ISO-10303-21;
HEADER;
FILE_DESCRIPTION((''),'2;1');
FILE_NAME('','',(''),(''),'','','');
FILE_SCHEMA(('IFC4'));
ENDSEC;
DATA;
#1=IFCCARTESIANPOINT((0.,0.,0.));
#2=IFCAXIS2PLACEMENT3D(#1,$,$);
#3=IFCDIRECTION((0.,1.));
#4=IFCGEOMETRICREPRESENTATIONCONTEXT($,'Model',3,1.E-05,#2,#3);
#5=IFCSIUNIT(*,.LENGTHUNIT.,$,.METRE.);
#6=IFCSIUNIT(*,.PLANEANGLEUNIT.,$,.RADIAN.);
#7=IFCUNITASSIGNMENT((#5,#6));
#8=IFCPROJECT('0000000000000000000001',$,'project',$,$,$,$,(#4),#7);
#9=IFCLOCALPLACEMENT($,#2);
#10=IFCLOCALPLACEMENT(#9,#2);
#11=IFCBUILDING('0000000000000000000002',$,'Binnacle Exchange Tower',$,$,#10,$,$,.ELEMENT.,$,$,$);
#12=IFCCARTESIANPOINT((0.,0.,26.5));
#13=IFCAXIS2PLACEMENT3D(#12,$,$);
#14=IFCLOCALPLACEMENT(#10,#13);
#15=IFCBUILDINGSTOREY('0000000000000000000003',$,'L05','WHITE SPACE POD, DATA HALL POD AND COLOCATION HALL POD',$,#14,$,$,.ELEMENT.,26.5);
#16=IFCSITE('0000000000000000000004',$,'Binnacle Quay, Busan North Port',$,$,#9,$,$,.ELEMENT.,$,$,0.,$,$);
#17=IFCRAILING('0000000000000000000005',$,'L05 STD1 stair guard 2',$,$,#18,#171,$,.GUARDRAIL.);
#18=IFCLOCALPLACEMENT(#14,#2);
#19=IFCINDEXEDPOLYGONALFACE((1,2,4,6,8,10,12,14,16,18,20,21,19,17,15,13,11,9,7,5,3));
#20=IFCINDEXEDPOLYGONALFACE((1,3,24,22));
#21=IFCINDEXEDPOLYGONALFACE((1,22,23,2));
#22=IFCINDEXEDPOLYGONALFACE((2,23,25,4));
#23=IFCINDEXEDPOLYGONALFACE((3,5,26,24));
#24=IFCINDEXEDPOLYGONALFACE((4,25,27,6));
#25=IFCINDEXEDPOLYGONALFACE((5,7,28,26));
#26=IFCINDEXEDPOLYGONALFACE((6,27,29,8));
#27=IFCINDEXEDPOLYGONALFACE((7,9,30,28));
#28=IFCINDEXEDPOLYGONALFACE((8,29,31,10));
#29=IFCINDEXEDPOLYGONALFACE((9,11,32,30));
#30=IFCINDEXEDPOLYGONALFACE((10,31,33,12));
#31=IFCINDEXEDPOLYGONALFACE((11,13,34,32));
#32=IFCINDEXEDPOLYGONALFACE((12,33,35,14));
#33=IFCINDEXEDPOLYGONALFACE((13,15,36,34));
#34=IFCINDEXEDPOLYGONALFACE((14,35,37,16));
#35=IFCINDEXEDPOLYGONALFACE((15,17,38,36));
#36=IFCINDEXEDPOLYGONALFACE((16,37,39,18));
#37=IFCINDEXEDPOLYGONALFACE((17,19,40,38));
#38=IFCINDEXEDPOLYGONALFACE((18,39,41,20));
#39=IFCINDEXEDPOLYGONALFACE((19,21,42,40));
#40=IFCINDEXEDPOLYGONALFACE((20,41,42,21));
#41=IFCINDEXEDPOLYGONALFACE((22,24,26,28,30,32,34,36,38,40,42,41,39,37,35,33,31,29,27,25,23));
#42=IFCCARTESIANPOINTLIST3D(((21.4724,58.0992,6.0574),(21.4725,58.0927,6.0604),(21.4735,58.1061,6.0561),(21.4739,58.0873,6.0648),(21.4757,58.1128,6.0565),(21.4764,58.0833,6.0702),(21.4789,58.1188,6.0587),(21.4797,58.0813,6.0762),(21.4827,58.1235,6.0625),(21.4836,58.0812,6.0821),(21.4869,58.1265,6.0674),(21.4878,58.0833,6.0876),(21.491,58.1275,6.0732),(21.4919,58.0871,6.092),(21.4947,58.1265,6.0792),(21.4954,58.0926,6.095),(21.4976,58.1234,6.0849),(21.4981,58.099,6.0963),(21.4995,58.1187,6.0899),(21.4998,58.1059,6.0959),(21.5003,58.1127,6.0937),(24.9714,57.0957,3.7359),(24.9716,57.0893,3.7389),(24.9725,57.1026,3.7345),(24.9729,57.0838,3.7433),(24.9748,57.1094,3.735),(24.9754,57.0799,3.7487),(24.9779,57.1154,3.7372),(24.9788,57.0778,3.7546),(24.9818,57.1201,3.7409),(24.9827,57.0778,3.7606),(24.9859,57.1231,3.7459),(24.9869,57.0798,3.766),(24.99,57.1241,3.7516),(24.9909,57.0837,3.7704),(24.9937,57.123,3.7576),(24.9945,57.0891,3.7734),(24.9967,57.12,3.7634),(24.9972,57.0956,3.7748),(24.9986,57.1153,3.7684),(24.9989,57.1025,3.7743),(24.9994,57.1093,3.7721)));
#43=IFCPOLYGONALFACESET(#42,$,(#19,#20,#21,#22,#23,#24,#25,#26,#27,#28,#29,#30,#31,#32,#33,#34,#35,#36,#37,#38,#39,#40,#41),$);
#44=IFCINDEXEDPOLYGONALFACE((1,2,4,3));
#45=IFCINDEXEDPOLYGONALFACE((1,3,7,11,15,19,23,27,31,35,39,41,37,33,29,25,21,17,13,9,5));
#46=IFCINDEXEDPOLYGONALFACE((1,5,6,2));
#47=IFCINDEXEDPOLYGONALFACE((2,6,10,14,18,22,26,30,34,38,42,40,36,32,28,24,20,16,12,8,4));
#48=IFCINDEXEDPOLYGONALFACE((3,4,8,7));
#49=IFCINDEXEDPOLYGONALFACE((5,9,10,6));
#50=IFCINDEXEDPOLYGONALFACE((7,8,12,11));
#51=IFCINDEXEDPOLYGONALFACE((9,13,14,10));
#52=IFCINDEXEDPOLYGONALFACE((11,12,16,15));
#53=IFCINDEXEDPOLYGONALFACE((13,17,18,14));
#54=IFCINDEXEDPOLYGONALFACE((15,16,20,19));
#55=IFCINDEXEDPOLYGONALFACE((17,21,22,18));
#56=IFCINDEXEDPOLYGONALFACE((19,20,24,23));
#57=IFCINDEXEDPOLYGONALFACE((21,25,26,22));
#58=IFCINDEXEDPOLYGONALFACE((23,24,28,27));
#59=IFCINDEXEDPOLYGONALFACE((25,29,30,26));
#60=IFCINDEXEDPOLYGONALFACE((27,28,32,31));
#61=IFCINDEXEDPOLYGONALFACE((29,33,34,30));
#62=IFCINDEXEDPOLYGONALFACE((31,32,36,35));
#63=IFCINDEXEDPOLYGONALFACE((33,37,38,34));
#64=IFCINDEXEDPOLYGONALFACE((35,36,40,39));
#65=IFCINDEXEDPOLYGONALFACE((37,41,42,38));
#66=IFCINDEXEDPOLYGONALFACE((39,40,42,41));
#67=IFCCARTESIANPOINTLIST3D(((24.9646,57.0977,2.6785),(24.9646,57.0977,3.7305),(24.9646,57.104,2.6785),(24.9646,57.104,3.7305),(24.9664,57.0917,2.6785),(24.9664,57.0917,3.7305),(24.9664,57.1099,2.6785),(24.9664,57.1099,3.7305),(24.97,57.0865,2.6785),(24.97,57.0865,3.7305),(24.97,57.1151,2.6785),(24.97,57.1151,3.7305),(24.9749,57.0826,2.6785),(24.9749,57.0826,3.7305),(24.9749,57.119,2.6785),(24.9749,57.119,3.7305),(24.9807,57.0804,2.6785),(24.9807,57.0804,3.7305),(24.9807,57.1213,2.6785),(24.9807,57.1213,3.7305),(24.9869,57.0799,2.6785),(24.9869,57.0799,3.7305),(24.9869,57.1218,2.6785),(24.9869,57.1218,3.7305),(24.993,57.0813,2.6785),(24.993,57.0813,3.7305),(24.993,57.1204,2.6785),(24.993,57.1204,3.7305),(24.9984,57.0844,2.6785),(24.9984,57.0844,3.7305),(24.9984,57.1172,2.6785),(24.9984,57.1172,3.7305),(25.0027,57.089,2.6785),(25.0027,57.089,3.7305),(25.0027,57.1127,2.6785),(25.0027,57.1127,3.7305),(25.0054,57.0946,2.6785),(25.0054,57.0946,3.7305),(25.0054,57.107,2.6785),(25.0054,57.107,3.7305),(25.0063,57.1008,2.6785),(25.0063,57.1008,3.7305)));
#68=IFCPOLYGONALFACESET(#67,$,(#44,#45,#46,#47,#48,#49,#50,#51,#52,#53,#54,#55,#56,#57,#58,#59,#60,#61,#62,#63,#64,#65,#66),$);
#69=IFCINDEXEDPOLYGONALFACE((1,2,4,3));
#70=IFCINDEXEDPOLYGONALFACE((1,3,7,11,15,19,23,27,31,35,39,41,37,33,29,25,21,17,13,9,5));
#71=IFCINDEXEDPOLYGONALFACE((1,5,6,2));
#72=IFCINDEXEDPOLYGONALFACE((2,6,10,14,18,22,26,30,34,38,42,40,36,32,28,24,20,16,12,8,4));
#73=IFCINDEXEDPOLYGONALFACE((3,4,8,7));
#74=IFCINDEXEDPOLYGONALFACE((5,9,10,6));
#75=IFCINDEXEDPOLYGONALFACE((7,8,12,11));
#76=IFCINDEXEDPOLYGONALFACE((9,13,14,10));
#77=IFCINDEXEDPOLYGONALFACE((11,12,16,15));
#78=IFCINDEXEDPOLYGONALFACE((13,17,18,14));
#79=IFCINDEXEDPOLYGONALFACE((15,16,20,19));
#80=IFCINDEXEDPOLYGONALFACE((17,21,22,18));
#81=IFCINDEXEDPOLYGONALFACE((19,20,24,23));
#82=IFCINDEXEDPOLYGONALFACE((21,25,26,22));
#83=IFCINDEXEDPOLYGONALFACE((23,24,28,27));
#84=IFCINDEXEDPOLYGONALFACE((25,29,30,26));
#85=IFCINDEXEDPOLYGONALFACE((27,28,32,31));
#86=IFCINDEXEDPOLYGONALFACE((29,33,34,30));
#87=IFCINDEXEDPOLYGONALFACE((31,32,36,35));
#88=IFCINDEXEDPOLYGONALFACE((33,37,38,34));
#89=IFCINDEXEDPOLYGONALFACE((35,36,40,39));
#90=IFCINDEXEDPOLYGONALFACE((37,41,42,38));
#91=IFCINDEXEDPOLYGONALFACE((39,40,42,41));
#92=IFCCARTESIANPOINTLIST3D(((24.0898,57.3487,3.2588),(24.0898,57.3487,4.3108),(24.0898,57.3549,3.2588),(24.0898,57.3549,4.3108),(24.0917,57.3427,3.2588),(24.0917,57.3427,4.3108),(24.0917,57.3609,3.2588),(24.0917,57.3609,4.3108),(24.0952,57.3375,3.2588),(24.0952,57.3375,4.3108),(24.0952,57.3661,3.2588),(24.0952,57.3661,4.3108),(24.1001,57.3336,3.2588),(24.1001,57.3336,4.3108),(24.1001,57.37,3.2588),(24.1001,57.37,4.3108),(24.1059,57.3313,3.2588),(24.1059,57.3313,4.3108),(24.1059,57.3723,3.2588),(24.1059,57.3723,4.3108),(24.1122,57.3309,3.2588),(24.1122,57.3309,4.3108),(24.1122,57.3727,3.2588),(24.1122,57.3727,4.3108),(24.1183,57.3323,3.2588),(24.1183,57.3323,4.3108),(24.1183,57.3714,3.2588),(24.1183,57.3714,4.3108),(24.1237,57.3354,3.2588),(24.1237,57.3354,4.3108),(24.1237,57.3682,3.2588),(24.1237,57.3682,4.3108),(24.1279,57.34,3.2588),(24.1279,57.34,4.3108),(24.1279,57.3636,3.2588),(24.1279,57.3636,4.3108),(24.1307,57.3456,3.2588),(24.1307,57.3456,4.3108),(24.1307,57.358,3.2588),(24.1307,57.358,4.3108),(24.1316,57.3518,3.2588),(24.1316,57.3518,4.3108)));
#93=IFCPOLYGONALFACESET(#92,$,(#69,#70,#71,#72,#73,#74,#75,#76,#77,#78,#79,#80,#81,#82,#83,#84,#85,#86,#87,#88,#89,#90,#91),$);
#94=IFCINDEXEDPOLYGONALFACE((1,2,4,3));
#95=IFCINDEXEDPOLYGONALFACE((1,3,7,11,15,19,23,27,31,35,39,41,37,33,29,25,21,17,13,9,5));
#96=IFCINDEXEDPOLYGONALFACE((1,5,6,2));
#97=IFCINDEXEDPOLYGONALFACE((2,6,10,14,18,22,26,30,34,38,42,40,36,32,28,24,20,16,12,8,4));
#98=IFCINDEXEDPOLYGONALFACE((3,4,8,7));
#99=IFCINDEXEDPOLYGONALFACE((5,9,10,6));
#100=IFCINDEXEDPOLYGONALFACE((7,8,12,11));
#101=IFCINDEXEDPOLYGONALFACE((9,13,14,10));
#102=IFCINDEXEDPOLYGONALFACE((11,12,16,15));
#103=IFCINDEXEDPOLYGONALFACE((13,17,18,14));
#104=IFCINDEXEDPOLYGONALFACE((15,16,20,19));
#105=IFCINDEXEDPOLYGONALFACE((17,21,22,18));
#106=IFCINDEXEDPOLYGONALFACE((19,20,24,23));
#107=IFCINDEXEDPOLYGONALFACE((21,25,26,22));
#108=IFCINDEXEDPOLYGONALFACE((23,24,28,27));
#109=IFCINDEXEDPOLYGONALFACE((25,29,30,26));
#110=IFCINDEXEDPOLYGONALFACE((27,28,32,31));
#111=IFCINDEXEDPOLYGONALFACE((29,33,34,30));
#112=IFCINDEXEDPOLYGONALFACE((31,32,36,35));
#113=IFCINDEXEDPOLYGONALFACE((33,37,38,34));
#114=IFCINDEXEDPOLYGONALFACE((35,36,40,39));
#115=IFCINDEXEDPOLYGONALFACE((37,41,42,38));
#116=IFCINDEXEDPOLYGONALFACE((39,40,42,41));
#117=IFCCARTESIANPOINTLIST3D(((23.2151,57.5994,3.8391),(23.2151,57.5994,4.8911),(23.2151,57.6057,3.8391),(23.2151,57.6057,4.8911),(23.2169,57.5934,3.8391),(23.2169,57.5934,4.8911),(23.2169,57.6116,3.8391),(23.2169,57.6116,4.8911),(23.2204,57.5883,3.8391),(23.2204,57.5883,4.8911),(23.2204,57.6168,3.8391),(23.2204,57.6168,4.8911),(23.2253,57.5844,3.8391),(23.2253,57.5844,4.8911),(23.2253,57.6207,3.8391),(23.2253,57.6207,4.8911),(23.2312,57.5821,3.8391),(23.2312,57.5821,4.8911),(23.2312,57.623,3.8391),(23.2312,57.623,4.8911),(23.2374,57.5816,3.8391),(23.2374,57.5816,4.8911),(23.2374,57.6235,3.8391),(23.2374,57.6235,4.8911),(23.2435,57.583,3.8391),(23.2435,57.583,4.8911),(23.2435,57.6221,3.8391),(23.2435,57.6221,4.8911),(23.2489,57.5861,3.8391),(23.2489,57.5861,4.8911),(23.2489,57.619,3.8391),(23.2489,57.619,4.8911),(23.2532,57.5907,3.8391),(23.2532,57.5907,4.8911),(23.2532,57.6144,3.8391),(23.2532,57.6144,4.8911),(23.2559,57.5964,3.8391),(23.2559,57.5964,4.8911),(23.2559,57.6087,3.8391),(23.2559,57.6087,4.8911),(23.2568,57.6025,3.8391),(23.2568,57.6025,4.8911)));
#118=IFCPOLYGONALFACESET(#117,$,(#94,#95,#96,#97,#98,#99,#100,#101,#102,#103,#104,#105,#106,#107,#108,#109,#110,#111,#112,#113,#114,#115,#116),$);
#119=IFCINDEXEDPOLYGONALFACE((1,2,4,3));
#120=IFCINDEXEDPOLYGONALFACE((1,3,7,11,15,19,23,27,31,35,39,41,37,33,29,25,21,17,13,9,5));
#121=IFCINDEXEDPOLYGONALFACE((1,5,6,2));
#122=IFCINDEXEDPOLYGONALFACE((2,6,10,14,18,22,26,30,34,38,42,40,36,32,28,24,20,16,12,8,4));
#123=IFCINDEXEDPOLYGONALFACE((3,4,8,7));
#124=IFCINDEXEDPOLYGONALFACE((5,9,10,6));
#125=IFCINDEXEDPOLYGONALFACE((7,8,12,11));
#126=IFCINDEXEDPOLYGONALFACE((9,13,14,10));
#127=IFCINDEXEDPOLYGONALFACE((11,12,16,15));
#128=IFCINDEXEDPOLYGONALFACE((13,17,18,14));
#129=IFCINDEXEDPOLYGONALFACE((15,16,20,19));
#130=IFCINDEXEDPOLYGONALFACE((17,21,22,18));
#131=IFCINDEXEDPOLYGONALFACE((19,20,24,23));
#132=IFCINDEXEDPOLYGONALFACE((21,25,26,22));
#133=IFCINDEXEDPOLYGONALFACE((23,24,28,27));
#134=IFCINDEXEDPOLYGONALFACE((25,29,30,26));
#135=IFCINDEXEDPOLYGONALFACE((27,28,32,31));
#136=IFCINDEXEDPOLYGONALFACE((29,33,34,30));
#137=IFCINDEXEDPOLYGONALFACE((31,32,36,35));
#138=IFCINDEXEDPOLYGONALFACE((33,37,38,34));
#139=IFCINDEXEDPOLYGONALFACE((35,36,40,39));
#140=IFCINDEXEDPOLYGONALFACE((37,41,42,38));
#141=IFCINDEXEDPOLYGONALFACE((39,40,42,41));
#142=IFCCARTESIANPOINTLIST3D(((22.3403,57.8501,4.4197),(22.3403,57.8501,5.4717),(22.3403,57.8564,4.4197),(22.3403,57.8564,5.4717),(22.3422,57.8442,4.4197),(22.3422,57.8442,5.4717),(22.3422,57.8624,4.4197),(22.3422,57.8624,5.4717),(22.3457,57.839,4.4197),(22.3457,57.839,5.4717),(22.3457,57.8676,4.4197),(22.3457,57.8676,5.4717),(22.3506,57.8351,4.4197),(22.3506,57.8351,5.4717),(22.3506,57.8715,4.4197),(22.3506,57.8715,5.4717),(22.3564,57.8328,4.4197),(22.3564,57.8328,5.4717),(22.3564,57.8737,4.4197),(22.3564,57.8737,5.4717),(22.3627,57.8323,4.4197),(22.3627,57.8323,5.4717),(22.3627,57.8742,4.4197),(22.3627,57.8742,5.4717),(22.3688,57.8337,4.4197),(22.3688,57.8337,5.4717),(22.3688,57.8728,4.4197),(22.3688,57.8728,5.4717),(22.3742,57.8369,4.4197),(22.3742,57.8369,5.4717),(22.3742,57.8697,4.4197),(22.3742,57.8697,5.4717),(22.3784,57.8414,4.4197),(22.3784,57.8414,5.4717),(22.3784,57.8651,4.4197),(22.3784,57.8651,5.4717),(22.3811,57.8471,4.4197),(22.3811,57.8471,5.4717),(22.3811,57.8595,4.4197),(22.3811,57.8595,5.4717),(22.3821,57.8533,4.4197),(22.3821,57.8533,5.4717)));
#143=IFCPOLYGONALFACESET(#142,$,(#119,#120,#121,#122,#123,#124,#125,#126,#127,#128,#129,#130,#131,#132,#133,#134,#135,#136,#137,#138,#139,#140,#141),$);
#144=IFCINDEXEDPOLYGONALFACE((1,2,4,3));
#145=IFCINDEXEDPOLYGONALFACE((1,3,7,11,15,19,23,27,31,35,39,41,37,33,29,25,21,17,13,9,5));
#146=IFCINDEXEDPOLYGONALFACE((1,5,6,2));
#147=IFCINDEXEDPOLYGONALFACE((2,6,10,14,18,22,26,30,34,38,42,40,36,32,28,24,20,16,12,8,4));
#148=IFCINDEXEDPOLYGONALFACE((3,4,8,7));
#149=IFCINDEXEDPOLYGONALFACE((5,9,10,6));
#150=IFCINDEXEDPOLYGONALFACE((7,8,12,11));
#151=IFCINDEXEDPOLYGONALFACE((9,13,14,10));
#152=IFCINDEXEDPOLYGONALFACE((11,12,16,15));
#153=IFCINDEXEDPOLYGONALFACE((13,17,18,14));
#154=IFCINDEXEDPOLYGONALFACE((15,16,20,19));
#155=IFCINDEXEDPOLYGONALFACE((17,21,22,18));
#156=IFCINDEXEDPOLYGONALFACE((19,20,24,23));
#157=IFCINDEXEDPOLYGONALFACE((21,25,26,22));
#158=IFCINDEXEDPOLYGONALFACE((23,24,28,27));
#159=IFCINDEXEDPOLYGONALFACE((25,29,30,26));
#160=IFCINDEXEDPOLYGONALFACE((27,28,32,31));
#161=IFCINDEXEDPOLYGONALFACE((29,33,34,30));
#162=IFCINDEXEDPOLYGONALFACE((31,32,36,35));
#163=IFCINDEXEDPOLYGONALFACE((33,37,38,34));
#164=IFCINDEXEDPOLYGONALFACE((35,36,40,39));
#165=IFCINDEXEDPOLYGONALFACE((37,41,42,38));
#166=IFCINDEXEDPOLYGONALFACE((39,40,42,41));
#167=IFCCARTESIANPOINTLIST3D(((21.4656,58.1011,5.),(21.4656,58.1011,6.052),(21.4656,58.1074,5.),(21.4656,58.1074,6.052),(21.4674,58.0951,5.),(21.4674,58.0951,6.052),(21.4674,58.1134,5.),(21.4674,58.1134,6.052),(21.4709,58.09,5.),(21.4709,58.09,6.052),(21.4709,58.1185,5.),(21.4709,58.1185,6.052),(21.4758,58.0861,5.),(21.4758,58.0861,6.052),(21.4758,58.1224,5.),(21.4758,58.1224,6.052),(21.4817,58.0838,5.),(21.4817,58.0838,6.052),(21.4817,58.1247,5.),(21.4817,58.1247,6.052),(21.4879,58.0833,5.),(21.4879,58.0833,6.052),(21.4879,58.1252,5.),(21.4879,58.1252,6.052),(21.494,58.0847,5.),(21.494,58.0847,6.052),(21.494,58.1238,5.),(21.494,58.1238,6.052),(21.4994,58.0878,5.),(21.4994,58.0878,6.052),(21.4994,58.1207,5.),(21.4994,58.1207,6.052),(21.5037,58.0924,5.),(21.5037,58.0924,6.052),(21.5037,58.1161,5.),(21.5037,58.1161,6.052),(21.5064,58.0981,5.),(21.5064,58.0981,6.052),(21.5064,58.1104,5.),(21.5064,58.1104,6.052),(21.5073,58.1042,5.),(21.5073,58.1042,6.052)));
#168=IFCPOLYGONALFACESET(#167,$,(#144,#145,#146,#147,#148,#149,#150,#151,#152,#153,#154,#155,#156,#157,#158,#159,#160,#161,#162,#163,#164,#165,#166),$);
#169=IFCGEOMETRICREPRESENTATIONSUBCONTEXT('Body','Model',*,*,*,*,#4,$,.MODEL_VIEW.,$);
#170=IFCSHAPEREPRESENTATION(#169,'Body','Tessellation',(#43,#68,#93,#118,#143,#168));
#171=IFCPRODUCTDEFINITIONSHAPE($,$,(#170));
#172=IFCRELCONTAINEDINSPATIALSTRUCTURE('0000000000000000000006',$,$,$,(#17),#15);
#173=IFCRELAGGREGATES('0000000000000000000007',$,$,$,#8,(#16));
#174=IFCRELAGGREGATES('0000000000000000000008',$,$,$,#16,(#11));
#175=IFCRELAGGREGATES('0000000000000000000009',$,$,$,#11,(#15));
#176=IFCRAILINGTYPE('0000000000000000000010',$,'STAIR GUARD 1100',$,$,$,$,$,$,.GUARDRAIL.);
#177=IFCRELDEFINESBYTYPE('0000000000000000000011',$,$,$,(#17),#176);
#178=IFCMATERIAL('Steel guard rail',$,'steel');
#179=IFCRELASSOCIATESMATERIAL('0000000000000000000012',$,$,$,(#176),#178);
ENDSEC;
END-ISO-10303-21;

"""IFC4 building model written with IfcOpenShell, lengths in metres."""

from ifc_helpers import new_model, si_unit, direction, frame, origin, origin_2d, place, context, subcontext, project, spatial, circle, extrude, material, type_object, element, save


model = new_model("IFC4")

# Units and contexts
model_context = context("Model", 3, precision=1e-05, world=origin(), true_north=direction((0.0, 1.0)))
body_context = subcontext(model_context, "Body", "Model", "MODEL_VIEW")
ifc_project = project(units=[si_unit("LENGTHUNIT", "METRE"), si_unit("PLANEANGLEUNIT", "RADIAN")], contexts=[model_context])

# Site, building, storey
site_placement = place(None, origin())
site = spatial("IfcSite", under=ifc_project, at=site_placement, Name="Binnacle Quay, Busan North Port", CompositionType="ELEMENT", RefElevation=0.0)
building_placement = place(site_placement, origin())
building = spatial("IfcBuilding", under=site, at=building_placement, Name="Binnacle Exchange Tower", CompositionType="ELEMENT")
storey_placement = place(building_placement, frame((0.0, 0.0, 26.5)))
storey = spatial("IfcBuildingStorey", under=building, at=storey_placement, Name="L05", Description="WHITE SPACE POD, DATA HALL POD AND COLOCATION HALL POD", CompositionType="ELEMENT", Elevation=26.5)

# Railing
ifc_material_1 = material(Name="Steel guard rail", Category="steel")
railing_type_1 = type_object("IfcRailingType", Name="STAIR GUARD 1100", PredefinedType="GUARDRAIL", material=ifc_material_1)
railing_1_placement = place(storey_placement, frame((24.9854, 57.1008, 2.6785)))
element("IfcRailing", 1, at=railing_1_placement, inside=storey, type_object=railing_type_1, Name="L05 STD1 stair guard 2", PredefinedType="GUARDRAIL", context=body_context, shape_type="SweptSolid", body=[
    extrude(circle(Radius=0.0239, at=origin_2d()), frame((0.0, 0.0, 1.0762), z_axis=(-0.810456, 0.232415, 0.537722), x_axis=(-0.27566, -0.961255, 0.0)), (0.0, 0.0, 1.0), 4.3174),
    extrude(circle(Radius=0.021, at=origin_2d()), origin(), (0.0, 0.0, 1.0), 1.052),
    extrude(circle(Radius=0.021, at=origin_2d()), frame((-0.8748, 0.251, 0.5803)), (0.0, 0.0, 1.0), 1.052),
    extrude(circle(Radius=0.021, at=origin_2d()), frame((-1.7495, 0.5017, 1.1606)), (0.0, 0.0, 1.0), 1.052),
    extrude(circle(Radius=0.021, at=origin_2d()), frame((-2.6243, 0.7524, 1.7412)), (0.0, 0.0, 1.0), 1.052),
    extrude(circle(Radius=0.021, at=origin_2d()), frame((-3.499, 1.0034, 2.3215)), (0.0, 0.0, 1.0), 1.052),
])

save(model, "model.ifc")
